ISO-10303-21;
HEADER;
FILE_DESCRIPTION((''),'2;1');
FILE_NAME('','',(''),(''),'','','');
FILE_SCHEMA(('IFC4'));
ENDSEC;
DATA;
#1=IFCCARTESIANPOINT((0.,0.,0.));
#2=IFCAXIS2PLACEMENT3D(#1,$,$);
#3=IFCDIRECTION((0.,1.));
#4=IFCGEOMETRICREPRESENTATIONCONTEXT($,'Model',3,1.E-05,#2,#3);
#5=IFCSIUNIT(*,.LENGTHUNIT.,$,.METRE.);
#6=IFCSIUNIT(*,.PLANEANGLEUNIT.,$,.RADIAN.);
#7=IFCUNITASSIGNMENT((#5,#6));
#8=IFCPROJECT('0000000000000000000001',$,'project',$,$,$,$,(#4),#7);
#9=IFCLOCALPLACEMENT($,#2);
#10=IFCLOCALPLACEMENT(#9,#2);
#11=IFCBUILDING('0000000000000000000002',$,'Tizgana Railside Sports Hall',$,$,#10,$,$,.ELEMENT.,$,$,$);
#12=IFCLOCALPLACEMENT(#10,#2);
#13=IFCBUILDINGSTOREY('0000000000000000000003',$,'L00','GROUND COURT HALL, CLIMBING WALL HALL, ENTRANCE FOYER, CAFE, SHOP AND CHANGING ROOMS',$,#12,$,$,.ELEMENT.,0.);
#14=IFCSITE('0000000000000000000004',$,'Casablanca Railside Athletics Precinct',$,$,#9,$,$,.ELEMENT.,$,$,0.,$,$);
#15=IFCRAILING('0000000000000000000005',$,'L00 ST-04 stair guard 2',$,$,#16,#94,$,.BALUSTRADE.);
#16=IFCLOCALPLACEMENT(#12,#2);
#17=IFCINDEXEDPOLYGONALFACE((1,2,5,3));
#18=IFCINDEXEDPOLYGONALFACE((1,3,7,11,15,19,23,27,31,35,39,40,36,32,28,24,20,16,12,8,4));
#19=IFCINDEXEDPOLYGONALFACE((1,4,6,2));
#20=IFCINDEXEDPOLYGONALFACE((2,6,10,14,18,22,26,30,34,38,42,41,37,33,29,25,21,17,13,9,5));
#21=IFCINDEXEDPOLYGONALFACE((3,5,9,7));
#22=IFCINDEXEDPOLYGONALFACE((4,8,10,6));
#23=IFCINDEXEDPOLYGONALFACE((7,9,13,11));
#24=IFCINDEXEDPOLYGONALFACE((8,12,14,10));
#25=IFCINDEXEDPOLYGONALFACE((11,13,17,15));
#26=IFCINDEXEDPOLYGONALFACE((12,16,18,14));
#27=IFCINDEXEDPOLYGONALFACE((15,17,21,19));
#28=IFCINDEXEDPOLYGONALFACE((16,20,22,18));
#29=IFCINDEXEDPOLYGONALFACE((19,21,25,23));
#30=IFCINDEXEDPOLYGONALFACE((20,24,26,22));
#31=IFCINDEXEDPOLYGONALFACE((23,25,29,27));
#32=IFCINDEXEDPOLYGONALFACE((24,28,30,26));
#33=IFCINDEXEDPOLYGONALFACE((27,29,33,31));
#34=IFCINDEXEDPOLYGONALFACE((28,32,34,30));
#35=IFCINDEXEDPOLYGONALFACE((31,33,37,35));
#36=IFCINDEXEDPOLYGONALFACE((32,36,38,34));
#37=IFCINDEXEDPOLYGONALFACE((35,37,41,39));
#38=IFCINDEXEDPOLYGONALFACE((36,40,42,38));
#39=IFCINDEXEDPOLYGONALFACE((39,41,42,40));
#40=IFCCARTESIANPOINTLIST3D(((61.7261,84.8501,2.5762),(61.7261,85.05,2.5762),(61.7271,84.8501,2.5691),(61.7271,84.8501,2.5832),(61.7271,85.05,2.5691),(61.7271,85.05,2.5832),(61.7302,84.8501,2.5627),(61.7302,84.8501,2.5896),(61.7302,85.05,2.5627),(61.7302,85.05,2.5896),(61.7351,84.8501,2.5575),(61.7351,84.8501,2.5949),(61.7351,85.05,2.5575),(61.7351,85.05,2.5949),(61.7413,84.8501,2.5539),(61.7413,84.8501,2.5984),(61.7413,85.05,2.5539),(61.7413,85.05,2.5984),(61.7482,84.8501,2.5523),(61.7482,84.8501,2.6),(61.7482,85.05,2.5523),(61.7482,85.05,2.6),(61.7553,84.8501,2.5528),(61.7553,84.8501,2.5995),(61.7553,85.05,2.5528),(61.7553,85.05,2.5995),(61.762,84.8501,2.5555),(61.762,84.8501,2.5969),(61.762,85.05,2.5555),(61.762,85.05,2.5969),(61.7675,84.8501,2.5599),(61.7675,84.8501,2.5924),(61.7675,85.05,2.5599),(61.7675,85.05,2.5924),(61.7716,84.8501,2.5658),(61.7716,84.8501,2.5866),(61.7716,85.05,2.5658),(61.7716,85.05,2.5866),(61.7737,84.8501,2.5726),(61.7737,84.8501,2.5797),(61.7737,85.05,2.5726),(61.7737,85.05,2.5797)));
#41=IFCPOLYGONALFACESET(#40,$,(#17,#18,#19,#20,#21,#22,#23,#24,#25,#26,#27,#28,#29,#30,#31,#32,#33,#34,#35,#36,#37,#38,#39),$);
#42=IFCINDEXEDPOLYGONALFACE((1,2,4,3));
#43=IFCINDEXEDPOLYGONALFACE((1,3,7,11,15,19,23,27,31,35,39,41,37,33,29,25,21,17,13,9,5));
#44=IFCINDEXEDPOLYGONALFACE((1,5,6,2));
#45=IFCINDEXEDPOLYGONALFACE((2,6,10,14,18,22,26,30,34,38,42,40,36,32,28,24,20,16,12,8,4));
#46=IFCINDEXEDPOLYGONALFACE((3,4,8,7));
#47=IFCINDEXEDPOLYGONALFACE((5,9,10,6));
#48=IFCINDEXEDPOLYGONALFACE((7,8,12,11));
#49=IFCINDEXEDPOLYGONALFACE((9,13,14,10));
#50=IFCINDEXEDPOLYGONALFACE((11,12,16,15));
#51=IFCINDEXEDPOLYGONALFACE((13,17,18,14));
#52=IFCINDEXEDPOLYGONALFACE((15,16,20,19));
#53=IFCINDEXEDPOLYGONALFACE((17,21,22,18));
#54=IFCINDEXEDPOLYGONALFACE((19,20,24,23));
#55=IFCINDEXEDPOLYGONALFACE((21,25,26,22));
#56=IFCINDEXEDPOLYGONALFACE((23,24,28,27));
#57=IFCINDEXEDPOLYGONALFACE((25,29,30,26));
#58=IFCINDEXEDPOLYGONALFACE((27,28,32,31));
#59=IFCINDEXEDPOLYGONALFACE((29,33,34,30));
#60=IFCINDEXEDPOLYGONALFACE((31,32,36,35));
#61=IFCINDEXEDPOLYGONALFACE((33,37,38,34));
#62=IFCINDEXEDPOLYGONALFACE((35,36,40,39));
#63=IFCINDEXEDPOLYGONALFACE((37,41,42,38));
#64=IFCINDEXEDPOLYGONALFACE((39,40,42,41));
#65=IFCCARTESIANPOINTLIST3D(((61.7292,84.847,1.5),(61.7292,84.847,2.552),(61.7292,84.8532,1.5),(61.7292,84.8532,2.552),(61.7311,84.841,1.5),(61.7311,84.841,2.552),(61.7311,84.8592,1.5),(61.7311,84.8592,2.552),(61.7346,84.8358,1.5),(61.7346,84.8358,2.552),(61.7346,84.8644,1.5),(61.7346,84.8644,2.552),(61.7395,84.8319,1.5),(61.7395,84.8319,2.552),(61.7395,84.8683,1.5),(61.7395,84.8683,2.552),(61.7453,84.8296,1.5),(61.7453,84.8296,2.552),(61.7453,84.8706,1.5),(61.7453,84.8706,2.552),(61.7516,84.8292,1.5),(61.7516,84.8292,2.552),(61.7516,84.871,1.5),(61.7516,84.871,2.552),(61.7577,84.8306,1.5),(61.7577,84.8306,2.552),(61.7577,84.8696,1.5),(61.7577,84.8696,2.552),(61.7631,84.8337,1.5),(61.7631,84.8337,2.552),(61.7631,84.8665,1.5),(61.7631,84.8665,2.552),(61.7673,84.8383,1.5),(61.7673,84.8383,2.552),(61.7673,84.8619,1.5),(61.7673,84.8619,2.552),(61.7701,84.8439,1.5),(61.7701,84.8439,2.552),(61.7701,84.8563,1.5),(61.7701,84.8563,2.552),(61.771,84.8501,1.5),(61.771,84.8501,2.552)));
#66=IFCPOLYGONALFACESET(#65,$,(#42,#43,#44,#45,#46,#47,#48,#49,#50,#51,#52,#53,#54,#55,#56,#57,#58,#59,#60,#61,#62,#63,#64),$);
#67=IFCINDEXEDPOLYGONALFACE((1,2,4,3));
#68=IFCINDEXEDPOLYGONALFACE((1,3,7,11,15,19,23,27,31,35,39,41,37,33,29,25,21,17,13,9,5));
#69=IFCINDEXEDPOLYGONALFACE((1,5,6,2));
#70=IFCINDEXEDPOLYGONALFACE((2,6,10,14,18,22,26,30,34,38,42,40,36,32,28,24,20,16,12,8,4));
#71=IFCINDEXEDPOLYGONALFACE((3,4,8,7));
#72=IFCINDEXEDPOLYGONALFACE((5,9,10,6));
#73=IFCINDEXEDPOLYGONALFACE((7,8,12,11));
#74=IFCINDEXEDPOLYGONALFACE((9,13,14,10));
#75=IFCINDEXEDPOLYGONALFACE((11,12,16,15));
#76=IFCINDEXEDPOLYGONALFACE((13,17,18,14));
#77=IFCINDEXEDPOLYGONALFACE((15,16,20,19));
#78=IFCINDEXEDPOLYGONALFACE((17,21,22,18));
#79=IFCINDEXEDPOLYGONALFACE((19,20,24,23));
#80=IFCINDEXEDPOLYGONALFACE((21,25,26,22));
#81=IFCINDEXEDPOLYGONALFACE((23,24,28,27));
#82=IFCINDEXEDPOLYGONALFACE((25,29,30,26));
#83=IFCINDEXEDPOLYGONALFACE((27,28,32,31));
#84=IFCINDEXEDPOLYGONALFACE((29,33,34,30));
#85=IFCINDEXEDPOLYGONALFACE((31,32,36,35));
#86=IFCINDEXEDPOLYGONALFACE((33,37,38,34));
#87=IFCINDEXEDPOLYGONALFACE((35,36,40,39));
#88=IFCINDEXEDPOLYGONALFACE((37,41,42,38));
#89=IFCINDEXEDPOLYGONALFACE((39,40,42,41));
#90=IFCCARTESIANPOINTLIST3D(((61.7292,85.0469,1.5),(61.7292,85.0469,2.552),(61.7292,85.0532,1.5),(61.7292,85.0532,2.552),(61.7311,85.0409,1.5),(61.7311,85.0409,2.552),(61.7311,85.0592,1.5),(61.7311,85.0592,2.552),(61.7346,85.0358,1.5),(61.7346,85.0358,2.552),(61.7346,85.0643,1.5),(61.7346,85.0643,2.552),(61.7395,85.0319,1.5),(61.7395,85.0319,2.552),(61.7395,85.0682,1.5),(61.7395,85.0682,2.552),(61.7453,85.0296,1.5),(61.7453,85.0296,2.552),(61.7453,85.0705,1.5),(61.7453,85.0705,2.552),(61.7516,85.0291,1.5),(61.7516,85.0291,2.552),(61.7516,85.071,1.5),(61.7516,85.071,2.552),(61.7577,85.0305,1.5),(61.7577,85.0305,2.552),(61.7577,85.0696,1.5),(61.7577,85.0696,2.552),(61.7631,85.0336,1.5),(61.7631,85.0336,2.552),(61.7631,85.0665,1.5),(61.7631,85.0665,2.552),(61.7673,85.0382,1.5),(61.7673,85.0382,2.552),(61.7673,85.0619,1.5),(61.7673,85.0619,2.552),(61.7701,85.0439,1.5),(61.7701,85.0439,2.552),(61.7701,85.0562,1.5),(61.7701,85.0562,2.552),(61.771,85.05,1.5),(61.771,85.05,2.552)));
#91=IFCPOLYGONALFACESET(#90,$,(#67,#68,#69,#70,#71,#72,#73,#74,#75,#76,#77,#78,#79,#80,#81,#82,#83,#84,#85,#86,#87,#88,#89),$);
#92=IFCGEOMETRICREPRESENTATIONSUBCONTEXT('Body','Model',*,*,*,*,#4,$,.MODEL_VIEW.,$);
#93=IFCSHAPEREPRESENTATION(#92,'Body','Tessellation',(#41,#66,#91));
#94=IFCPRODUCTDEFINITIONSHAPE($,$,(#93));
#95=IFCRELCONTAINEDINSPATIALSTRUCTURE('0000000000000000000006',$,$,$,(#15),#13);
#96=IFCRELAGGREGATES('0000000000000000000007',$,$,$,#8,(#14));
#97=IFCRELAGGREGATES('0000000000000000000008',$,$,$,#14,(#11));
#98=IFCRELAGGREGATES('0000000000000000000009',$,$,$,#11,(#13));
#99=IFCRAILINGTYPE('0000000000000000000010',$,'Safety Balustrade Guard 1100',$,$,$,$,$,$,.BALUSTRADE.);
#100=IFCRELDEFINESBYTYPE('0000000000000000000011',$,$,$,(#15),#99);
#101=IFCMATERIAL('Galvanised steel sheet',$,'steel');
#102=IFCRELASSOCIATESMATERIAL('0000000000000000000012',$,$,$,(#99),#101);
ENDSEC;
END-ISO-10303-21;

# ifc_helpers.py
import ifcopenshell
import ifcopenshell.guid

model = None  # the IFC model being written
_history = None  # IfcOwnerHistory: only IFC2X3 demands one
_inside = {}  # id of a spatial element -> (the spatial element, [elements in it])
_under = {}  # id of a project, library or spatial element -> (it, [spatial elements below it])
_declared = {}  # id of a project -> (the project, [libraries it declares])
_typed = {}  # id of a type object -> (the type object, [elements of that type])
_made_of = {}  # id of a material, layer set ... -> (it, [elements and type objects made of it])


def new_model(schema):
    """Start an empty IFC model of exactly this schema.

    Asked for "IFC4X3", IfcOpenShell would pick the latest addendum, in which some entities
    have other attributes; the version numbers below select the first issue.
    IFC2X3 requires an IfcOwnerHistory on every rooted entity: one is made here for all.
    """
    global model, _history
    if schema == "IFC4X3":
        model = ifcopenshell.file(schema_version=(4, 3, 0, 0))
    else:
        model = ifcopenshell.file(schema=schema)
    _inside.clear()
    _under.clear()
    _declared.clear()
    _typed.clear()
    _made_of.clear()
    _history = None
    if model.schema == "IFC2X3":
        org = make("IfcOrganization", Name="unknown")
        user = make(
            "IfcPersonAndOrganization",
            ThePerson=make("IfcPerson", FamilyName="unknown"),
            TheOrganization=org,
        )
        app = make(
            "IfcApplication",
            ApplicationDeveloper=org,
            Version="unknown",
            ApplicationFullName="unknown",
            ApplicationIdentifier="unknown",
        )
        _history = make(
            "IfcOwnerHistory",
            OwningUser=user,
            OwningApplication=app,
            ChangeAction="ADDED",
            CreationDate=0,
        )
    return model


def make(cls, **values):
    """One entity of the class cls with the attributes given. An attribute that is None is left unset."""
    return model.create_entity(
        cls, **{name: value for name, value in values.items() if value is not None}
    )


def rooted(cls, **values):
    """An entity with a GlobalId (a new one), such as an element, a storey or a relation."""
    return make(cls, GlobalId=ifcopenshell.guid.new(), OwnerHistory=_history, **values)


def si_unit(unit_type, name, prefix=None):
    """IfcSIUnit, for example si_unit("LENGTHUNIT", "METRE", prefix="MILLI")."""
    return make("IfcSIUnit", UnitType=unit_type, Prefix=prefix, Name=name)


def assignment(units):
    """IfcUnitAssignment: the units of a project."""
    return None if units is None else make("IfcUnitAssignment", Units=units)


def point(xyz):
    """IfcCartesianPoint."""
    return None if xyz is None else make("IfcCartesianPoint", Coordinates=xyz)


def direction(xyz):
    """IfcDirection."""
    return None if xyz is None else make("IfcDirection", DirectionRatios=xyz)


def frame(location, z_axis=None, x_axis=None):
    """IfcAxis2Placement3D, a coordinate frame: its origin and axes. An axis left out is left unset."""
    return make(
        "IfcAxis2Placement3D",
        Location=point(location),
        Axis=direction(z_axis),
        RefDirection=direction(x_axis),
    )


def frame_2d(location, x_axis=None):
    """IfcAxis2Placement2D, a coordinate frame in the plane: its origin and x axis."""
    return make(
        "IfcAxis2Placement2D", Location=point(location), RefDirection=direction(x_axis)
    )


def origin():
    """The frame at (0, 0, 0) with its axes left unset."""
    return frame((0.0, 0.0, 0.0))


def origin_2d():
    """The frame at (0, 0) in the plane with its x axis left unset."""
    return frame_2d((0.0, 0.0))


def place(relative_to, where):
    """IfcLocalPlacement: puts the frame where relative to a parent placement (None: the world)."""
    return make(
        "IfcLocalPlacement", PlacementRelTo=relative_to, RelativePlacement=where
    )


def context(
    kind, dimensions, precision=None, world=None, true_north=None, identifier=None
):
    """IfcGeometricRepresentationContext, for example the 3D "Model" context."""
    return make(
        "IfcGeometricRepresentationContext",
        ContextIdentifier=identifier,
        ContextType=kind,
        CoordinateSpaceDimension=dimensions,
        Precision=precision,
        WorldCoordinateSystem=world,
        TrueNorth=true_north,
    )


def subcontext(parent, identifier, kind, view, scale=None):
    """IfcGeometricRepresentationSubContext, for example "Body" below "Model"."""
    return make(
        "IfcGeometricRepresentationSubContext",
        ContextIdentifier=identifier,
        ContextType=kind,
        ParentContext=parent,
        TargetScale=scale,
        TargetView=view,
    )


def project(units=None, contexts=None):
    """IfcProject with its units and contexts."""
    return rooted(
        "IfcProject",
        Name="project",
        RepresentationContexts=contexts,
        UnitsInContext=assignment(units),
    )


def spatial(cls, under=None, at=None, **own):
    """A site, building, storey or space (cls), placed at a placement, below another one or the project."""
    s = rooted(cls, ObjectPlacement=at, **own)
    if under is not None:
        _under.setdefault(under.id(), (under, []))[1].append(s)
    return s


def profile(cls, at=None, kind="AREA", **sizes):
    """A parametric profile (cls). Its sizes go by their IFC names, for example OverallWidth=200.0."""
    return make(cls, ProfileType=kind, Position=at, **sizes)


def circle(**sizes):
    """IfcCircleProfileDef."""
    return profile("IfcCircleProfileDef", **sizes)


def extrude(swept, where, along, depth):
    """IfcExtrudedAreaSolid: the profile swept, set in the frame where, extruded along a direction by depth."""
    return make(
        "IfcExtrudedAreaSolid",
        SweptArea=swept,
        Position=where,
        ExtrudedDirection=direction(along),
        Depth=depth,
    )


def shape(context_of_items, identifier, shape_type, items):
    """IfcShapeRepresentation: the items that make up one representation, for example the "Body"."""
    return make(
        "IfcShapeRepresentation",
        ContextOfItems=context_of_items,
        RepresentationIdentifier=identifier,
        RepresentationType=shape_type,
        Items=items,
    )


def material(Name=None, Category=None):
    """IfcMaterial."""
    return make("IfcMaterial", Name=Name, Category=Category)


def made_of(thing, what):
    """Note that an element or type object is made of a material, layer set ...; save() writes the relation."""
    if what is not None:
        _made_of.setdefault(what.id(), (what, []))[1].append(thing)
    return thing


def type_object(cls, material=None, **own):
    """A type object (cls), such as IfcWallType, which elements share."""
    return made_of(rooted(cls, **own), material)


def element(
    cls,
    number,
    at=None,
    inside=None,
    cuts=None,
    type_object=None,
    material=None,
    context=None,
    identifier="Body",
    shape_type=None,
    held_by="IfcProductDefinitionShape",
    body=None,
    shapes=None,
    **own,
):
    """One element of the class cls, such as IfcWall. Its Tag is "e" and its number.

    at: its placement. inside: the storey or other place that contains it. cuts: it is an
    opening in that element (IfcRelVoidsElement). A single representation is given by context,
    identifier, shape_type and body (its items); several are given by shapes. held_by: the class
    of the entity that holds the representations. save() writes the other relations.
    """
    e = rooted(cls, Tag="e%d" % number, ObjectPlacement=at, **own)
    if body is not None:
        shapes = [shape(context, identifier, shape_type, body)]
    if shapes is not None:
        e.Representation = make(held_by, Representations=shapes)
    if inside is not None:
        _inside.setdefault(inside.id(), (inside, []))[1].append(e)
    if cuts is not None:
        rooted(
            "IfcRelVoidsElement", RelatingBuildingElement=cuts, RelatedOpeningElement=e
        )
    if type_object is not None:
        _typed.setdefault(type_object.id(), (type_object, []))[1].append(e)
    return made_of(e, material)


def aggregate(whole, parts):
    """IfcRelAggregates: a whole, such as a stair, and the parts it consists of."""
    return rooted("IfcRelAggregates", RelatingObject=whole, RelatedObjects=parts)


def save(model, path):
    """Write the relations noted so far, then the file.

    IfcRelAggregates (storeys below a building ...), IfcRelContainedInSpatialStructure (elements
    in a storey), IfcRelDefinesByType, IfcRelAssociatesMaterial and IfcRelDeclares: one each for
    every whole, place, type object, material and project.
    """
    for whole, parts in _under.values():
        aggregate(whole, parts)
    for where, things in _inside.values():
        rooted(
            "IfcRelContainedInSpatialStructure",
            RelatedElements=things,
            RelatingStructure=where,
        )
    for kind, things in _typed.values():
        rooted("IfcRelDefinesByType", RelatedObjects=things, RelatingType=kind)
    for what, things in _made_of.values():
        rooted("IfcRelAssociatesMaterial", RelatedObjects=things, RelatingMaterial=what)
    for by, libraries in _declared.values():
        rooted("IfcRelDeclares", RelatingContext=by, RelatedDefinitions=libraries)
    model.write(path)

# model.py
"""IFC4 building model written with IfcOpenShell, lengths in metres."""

from ifc_helpers import new_model, si_unit, direction, frame, origin, origin_2d, place, context, subcontext, project, spatial, circle, extrude, material, type_object, element, save


model = new_model("IFC4")

# Units and contexts
model_context = context("Model", 3, precision=1e-05, world=origin(), true_north=direction((0.0, 1.0)))
body_context = subcontext(model_context, "Body", "Model", "MODEL_VIEW")
ifc_project = project(units=[si_unit("LENGTHUNIT", "METRE"), si_unit("PLANEANGLEUNIT", "RADIAN")], contexts=[model_context])

# Site, building, storey
site_placement = place(None, origin())
site = spatial("IfcSite", under=ifc_project, at=site_placement, Name="Casablanca Railside Athletics Precinct", CompositionType="ELEMENT", RefElevation=0.0)
building_placement = place(site_placement, origin())
building = spatial("IfcBuilding", under=site, at=building_placement, Name="Tizgana Railside Sports Hall", CompositionType="ELEMENT")
storey_placement = place(building_placement, origin())
storey = spatial("IfcBuildingStorey", under=building, at=storey_placement, Name="L00", Description="GROUND COURT HALL, CLIMBING WALL HALL, ENTRANCE FOYER, CAFE, SHOP AND CHANGING ROOMS", CompositionType="ELEMENT", Elevation=0.0)

# Shared definitions
ifc_material_1 = material(Name="Galvanised steel sheet", Category="steel")

# Railing
railing_type_1 = type_object("IfcRailingType", Name="Safety Balustrade Guard 1100", PredefinedType="BALUSTRADE", material=ifc_material_1)
railing_1_placement = place(storey_placement, frame((61.75, 84.8501, 1.5)))
element("IfcRailing", 1, at=railing_1_placement, inside=storey, type_object=railing_type_1, Name="L00 ST-04 stair guard 2", PredefinedType="BALUSTRADE", context=body_context, shape_type="SweptSolid", body=[
    extrude(circle(Radius=0.0239, at=origin_2d()), frame((0.0, 0.0, 1.0762), z_axis=(0.0, 1.0, 0.0), x_axis=(-1.0, 0.0, 0.0)), (0.0, 0.0, 1.0), 0.2),
    extrude(circle(Radius=0.021, at=origin_2d()), origin(), (0.0, 0.0, 1.0), 1.052),
    extrude(circle(Radius=0.021, at=origin_2d()), frame((0.0, 0.2, 0.0)), (0.0, 0.0, 1.0), 1.052),
])

save(model, "model.ifc")
